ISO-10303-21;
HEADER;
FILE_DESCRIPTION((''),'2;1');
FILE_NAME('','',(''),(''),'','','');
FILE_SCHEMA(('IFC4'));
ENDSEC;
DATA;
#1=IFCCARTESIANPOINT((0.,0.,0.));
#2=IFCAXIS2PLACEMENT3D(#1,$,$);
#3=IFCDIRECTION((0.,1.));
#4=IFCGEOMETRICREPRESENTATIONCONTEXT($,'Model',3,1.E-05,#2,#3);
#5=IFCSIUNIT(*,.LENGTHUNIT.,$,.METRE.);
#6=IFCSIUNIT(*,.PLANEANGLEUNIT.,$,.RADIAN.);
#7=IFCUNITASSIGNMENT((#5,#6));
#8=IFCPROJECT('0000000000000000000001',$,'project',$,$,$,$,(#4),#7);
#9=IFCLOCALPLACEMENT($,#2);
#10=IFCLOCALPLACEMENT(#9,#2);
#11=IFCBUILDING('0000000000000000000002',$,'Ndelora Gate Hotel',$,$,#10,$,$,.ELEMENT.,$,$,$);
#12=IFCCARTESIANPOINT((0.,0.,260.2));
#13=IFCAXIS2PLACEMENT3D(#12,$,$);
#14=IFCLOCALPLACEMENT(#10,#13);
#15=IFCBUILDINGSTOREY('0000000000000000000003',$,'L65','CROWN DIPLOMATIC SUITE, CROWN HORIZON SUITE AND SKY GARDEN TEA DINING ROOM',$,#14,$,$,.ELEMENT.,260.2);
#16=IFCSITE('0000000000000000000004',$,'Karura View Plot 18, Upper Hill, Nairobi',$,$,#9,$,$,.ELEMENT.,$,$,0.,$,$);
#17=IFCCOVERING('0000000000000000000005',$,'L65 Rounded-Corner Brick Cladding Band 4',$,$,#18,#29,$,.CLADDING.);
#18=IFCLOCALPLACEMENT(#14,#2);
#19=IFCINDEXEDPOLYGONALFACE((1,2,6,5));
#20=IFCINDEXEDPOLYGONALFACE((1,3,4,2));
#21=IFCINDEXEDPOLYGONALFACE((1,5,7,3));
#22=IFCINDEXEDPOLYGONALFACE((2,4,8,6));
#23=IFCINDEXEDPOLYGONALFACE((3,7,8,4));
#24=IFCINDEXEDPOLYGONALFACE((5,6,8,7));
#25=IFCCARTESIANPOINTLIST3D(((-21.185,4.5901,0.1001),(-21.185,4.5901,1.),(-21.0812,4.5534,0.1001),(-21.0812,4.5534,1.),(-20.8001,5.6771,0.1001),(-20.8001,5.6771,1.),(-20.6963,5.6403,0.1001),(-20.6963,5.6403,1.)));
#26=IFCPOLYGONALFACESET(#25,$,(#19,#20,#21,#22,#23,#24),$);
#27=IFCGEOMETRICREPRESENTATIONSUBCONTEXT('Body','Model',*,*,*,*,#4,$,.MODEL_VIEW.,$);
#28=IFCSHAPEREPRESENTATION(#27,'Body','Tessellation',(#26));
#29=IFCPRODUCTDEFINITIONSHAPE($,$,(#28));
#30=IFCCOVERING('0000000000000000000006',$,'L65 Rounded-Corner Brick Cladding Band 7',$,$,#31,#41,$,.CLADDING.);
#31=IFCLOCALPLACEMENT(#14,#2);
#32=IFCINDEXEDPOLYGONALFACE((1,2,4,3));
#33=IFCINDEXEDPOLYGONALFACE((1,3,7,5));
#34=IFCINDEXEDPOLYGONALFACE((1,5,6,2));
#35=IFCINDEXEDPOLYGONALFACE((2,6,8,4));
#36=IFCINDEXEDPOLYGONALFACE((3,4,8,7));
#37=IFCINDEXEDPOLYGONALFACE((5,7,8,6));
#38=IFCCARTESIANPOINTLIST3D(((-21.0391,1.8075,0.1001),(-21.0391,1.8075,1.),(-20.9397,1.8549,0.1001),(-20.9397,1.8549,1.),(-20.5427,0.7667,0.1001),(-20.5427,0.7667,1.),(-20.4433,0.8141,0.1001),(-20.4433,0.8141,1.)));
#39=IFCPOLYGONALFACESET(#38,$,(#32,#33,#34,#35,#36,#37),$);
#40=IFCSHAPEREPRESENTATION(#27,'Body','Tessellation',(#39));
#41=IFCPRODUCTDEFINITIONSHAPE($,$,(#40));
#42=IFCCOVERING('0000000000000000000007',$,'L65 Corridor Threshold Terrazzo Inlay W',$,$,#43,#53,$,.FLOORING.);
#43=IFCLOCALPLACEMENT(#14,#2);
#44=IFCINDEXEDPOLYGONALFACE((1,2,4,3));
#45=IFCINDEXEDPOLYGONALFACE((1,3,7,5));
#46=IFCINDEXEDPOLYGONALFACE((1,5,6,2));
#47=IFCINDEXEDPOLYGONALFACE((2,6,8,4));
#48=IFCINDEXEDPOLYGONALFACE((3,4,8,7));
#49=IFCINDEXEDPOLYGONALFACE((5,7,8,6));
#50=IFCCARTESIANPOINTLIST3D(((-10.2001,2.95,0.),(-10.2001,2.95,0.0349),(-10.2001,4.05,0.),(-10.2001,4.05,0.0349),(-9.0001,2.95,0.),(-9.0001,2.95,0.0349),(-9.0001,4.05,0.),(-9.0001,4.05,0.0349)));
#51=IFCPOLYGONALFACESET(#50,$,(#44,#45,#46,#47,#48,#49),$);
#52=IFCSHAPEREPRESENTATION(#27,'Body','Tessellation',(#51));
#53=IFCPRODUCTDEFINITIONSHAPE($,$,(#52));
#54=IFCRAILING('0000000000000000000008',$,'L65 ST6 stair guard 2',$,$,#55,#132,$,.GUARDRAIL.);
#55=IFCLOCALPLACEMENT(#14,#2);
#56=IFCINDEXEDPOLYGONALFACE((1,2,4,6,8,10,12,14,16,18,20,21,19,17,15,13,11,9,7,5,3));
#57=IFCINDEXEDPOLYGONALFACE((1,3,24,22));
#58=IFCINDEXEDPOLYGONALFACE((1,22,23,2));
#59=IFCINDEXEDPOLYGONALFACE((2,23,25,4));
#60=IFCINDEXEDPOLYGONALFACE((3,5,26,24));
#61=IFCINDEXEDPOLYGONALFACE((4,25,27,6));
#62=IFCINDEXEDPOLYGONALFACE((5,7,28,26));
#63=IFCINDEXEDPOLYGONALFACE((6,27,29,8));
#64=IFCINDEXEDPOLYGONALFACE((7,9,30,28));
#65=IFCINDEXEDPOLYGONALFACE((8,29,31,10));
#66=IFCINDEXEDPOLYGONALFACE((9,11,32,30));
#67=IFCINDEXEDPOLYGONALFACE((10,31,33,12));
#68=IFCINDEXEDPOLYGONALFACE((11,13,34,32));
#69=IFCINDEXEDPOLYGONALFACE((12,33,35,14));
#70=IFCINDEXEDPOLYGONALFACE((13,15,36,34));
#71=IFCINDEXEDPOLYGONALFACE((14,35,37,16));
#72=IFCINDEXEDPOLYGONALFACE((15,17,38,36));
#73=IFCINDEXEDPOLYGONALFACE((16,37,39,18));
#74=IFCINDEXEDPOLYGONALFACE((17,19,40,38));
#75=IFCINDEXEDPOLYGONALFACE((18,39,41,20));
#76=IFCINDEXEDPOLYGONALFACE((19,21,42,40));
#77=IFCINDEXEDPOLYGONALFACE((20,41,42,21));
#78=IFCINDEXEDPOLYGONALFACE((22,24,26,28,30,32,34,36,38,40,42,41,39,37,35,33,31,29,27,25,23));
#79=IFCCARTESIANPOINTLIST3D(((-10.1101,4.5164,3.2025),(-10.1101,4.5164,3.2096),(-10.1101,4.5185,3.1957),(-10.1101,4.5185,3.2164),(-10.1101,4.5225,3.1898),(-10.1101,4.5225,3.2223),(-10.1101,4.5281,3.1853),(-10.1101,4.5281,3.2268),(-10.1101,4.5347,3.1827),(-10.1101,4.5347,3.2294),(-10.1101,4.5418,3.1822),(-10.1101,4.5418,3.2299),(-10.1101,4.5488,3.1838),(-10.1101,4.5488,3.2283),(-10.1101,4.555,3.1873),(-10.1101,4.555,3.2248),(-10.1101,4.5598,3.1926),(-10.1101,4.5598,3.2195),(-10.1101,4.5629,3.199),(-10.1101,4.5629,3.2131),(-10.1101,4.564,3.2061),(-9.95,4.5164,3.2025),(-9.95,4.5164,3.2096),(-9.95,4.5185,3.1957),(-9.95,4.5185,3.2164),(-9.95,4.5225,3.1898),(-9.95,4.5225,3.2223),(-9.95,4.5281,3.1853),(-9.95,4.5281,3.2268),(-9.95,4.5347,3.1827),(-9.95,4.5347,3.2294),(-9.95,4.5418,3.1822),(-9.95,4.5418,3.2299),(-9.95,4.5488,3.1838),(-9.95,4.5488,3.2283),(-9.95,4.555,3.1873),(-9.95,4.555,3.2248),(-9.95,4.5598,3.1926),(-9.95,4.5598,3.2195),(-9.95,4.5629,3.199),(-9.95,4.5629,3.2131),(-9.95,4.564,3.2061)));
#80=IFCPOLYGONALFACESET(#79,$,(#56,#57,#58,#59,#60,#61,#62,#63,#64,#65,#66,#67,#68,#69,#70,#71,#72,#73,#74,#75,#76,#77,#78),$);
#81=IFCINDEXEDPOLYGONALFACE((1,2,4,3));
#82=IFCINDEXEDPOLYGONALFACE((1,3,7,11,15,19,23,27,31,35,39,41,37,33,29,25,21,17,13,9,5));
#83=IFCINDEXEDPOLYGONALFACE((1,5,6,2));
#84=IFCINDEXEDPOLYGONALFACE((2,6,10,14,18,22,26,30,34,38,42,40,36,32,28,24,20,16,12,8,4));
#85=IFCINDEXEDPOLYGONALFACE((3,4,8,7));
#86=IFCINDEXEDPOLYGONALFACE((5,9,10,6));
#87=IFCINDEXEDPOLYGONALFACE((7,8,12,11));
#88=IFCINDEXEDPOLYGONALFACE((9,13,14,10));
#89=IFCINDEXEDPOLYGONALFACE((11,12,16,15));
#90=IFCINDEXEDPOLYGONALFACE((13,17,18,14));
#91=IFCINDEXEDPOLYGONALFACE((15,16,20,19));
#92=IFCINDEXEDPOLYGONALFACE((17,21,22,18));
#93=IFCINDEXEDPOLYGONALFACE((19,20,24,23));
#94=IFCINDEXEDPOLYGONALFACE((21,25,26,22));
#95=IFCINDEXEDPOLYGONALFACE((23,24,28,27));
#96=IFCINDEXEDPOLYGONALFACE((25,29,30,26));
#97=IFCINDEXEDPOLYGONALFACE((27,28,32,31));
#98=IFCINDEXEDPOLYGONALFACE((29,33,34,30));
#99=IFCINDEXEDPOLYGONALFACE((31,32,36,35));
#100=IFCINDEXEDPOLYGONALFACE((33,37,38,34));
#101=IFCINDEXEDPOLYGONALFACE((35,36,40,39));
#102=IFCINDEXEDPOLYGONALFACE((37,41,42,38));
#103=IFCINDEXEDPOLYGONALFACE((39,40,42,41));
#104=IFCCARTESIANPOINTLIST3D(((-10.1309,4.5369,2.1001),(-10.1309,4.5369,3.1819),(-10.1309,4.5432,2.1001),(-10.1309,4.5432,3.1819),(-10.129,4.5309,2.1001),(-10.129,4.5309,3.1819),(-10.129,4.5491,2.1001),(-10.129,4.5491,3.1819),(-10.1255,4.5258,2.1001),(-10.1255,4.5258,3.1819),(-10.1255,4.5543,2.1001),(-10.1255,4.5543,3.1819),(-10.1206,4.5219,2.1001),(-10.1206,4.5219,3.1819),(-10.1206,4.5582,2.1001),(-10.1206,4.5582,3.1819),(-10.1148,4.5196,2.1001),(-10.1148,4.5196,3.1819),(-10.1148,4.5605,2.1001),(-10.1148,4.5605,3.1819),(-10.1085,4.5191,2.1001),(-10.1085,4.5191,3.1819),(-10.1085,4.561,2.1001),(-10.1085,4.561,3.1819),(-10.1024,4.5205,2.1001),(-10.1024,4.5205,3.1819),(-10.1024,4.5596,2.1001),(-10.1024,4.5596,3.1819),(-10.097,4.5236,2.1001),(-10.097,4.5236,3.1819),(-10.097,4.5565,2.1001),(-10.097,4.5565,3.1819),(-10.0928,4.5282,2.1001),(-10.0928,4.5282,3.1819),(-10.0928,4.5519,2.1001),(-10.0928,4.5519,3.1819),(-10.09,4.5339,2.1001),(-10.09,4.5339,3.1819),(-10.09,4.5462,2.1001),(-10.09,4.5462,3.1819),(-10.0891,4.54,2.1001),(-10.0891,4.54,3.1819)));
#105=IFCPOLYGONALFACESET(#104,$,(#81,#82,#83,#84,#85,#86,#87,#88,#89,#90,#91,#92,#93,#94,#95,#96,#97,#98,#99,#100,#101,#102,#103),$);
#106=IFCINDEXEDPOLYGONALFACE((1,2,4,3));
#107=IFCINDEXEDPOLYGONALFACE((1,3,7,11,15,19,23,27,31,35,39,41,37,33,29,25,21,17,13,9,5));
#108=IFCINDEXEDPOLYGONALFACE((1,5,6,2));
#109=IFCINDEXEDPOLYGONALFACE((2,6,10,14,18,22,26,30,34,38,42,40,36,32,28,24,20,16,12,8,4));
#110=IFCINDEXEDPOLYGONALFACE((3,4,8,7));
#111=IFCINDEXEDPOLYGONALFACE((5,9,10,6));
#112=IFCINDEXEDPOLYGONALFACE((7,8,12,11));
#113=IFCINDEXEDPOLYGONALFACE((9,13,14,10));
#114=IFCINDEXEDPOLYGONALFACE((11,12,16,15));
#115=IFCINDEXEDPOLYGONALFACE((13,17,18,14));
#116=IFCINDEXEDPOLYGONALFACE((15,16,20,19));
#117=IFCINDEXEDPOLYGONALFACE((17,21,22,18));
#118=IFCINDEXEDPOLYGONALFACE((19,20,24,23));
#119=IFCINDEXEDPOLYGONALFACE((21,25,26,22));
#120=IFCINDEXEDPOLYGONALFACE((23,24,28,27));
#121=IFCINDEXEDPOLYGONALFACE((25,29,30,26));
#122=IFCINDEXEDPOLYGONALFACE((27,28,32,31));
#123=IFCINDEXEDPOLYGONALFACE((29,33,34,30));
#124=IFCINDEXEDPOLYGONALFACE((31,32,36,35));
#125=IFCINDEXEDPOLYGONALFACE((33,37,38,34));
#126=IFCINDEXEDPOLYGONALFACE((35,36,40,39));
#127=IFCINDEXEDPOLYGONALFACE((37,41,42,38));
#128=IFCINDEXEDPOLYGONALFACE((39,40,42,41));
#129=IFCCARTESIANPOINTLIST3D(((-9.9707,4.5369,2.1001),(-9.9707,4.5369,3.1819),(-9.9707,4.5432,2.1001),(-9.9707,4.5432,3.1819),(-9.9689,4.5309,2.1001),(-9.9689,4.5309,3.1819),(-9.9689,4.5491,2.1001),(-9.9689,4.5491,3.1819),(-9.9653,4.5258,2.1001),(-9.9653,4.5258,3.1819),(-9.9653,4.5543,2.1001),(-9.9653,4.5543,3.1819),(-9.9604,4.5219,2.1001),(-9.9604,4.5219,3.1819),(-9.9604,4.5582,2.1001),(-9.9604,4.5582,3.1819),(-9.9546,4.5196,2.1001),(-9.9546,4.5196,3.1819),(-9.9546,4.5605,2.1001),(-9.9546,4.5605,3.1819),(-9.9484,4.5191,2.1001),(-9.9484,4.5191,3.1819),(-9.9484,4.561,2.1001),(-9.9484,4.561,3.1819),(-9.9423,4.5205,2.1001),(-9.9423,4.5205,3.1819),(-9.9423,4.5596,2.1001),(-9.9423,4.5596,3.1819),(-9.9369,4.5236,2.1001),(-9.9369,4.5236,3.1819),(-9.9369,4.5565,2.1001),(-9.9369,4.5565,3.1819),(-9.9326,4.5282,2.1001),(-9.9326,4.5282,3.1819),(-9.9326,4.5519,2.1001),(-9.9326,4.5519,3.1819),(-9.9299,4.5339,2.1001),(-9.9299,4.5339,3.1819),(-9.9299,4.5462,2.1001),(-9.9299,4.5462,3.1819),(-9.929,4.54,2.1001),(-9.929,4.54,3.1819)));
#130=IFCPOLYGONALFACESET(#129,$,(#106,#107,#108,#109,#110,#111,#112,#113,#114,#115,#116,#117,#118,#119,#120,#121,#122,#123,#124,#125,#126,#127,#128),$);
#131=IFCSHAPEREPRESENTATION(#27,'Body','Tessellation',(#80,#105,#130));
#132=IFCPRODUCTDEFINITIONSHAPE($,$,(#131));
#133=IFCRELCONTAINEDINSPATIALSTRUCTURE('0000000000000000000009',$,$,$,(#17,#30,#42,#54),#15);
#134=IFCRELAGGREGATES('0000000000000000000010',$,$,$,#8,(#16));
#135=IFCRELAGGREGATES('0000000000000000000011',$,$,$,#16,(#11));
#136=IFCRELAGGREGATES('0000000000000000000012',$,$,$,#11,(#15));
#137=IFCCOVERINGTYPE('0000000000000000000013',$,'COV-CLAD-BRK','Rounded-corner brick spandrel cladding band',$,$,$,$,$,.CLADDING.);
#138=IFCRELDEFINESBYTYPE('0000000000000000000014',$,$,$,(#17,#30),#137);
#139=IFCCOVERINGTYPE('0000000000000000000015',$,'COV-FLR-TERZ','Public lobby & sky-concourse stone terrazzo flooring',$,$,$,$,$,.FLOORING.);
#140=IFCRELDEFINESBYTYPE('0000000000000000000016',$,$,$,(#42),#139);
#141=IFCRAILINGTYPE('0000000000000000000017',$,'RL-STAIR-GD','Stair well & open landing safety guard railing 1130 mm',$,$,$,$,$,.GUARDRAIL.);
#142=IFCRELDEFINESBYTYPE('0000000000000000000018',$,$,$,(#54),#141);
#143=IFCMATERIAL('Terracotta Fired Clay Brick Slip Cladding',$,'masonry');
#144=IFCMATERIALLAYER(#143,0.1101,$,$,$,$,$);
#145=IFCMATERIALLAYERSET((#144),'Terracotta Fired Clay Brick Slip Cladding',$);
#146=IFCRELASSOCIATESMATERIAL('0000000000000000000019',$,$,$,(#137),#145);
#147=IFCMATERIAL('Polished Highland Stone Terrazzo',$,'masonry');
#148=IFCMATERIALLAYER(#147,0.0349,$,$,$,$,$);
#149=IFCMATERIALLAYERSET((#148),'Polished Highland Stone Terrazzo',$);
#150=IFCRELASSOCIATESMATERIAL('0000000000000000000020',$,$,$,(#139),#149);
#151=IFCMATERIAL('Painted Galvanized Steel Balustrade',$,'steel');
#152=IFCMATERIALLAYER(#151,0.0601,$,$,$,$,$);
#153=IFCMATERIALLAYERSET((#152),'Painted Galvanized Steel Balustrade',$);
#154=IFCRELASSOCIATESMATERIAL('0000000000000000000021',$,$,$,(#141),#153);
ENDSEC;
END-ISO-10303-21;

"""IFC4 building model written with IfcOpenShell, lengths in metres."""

from ifc_helpers import new_model, si_unit, direction, frame, origin, origin_2d, place, context, subcontext, project, spatial, rectangle, circle, extrude, material, layer, layer_set, type_object, element, save


model = new_model("IFC4")

# Units and contexts
model_context = context("Model", 3, precision=1e-05, world=origin(), true_north=direction((0.0, 1.0)))
body_context = subcontext(model_context, "Body", "Model", "MODEL_VIEW")
ifc_project = project(units=[si_unit("LENGTHUNIT", "METRE"), si_unit("PLANEANGLEUNIT", "RADIAN")], contexts=[model_context])

# Site, building, storey
site_placement = place(None, origin())
site = spatial("IfcSite", under=ifc_project, at=site_placement, Name="Karura View Plot 18, Upper Hill, Nairobi", CompositionType="ELEMENT", RefElevation=0.0)
building_placement = place(site_placement, origin())
building = spatial("IfcBuilding", under=site, at=building_placement, Name="Ndelora Gate Hotel", CompositionType="ELEMENT")
storey_placement = place(building_placement, frame((0.0, 0.0, 260.2)))
storey = spatial("IfcBuildingStorey", under=building, at=storey_placement, Name="L65", Description="CROWN DIPLOMATIC SUITE, CROWN HORIZON SUITE AND SKY GARDEN TEA DINING ROOM", CompositionType="ELEMENT", Elevation=260.2)

# Coverings
ifc_material_1 = material(Name="Terracotta Fired Clay Brick Slip Cladding", Category="masonry")
ifc_layer_1 = layer(ifc_material_1, 0.1101)
ifc_layer_set_1 = layer_set([ifc_layer_1], Name="Terracotta Fired Clay Brick Slip Cladding")
covering_type_1 = type_object("IfcCoveringType", Name="COV-CLAD-BRK", Description="Rounded-corner brick spandrel cladding band", PredefinedType="CLADDING", material=ifc_layer_set_1)
for number, where, z_axis, x_axis, name in (
    (1, (-20.9407, 5.1152, 0.1001), (0.0, 0.0, 1.0), (0.333807, 0.942641, 0.0), "L65 Rounded-Corner Brick Cladding Band 4"),
    (2, (-20.7412, 1.3108, 0.1001), (0.0, 0.0, 1.0), (-0.430511, 0.902585, 0.0), "L65 Rounded-Corner Brick Cladding Band 7"),
):
    element("IfcCovering", number, at=place(storey_placement, frame(where, z_axis=z_axis, x_axis=x_axis)), inside=storey, type_object=covering_type_1, Name=name, PredefinedType="CLADDING", context=body_context, shape_type="SweptSolid", body=[
        extrude(rectangle(XDim=1.1531, YDim=0.1101, at=origin_2d()), origin(), (0.0, 0.0, 1.0), 0.8999),
    ])
ifc_material_2 = material(Name="Polished Highland Stone Terrazzo", Category="masonry")
ifc_layer_2 = layer(ifc_material_2, 0.0349)
ifc_layer_set_2 = layer_set([ifc_layer_2], Name="Polished Highland Stone Terrazzo")
covering_type_2 = type_object("IfcCoveringType", Name="COV-FLR-TERZ", Description="Public lobby & sky-concourse stone terrazzo flooring", PredefinedType="FLOORING", material=ifc_layer_set_2)
covering_placement = place(storey_placement, frame((-9.6001, 3.5, 0.0), z_axis=(0.0, 0.0, 1.0), x_axis=(1.0, 0.0, 0.0)))
element("IfcCovering", 3, at=covering_placement, inside=storey, type_object=covering_type_2, Name="L65 Corridor Threshold Terrazzo Inlay W", PredefinedType="FLOORING", context=body_context, shape_type="SweptSolid", body=[
    extrude(rectangle(XDim=1.2, YDim=1.1001, at=origin_2d()), origin(), (0.0, 0.0, 1.0), 0.0349),
])

# Railing
ifc_material_3 = material(Name="Painted Galvanized Steel Balustrade", Category="steel")
ifc_layer_3 = layer(ifc_material_3, 0.0601)
ifc_layer_set_3 = layer_set([ifc_layer_3], Name="Painted Galvanized Steel Balustrade")
railing_type = type_object("IfcRailingType", Name="RL-STAIR-GD", Description="Stair well & open landing safety guard railing 1130 mm", PredefinedType="GUARDRAIL", material=ifc_layer_set_3)
railing_1_placement = place(storey_placement, frame((-10.1101, 4.54, 2.1001)))
element("IfcRailing", 4, at=railing_1_placement, inside=storey, type_object=railing_type, Name="L65 ST6 stair guard 2", PredefinedType="GUARDRAIL", context=body_context, shape_type="SweptSolid", body=[
    extrude(circle(Radius=0.0239, at=origin_2d()), frame((0.0, 0.0, 1.106), z_axis=(1.0, 0.0, 0.0), x_axis=(0.0, 1.0, 0.0)), (0.0, 0.0, 1.0), 0.1602),
    extrude(circle(Radius=0.021, at=origin_2d()), origin(), (0.0, 0.0, 1.0), 1.0818),
    extrude(circle(Radius=0.021, at=origin_2d()), frame((0.1602, 0.0, 0.0)), (0.0, 0.0, 1.0), 1.0818),
])

save(model, "model.ifc")
